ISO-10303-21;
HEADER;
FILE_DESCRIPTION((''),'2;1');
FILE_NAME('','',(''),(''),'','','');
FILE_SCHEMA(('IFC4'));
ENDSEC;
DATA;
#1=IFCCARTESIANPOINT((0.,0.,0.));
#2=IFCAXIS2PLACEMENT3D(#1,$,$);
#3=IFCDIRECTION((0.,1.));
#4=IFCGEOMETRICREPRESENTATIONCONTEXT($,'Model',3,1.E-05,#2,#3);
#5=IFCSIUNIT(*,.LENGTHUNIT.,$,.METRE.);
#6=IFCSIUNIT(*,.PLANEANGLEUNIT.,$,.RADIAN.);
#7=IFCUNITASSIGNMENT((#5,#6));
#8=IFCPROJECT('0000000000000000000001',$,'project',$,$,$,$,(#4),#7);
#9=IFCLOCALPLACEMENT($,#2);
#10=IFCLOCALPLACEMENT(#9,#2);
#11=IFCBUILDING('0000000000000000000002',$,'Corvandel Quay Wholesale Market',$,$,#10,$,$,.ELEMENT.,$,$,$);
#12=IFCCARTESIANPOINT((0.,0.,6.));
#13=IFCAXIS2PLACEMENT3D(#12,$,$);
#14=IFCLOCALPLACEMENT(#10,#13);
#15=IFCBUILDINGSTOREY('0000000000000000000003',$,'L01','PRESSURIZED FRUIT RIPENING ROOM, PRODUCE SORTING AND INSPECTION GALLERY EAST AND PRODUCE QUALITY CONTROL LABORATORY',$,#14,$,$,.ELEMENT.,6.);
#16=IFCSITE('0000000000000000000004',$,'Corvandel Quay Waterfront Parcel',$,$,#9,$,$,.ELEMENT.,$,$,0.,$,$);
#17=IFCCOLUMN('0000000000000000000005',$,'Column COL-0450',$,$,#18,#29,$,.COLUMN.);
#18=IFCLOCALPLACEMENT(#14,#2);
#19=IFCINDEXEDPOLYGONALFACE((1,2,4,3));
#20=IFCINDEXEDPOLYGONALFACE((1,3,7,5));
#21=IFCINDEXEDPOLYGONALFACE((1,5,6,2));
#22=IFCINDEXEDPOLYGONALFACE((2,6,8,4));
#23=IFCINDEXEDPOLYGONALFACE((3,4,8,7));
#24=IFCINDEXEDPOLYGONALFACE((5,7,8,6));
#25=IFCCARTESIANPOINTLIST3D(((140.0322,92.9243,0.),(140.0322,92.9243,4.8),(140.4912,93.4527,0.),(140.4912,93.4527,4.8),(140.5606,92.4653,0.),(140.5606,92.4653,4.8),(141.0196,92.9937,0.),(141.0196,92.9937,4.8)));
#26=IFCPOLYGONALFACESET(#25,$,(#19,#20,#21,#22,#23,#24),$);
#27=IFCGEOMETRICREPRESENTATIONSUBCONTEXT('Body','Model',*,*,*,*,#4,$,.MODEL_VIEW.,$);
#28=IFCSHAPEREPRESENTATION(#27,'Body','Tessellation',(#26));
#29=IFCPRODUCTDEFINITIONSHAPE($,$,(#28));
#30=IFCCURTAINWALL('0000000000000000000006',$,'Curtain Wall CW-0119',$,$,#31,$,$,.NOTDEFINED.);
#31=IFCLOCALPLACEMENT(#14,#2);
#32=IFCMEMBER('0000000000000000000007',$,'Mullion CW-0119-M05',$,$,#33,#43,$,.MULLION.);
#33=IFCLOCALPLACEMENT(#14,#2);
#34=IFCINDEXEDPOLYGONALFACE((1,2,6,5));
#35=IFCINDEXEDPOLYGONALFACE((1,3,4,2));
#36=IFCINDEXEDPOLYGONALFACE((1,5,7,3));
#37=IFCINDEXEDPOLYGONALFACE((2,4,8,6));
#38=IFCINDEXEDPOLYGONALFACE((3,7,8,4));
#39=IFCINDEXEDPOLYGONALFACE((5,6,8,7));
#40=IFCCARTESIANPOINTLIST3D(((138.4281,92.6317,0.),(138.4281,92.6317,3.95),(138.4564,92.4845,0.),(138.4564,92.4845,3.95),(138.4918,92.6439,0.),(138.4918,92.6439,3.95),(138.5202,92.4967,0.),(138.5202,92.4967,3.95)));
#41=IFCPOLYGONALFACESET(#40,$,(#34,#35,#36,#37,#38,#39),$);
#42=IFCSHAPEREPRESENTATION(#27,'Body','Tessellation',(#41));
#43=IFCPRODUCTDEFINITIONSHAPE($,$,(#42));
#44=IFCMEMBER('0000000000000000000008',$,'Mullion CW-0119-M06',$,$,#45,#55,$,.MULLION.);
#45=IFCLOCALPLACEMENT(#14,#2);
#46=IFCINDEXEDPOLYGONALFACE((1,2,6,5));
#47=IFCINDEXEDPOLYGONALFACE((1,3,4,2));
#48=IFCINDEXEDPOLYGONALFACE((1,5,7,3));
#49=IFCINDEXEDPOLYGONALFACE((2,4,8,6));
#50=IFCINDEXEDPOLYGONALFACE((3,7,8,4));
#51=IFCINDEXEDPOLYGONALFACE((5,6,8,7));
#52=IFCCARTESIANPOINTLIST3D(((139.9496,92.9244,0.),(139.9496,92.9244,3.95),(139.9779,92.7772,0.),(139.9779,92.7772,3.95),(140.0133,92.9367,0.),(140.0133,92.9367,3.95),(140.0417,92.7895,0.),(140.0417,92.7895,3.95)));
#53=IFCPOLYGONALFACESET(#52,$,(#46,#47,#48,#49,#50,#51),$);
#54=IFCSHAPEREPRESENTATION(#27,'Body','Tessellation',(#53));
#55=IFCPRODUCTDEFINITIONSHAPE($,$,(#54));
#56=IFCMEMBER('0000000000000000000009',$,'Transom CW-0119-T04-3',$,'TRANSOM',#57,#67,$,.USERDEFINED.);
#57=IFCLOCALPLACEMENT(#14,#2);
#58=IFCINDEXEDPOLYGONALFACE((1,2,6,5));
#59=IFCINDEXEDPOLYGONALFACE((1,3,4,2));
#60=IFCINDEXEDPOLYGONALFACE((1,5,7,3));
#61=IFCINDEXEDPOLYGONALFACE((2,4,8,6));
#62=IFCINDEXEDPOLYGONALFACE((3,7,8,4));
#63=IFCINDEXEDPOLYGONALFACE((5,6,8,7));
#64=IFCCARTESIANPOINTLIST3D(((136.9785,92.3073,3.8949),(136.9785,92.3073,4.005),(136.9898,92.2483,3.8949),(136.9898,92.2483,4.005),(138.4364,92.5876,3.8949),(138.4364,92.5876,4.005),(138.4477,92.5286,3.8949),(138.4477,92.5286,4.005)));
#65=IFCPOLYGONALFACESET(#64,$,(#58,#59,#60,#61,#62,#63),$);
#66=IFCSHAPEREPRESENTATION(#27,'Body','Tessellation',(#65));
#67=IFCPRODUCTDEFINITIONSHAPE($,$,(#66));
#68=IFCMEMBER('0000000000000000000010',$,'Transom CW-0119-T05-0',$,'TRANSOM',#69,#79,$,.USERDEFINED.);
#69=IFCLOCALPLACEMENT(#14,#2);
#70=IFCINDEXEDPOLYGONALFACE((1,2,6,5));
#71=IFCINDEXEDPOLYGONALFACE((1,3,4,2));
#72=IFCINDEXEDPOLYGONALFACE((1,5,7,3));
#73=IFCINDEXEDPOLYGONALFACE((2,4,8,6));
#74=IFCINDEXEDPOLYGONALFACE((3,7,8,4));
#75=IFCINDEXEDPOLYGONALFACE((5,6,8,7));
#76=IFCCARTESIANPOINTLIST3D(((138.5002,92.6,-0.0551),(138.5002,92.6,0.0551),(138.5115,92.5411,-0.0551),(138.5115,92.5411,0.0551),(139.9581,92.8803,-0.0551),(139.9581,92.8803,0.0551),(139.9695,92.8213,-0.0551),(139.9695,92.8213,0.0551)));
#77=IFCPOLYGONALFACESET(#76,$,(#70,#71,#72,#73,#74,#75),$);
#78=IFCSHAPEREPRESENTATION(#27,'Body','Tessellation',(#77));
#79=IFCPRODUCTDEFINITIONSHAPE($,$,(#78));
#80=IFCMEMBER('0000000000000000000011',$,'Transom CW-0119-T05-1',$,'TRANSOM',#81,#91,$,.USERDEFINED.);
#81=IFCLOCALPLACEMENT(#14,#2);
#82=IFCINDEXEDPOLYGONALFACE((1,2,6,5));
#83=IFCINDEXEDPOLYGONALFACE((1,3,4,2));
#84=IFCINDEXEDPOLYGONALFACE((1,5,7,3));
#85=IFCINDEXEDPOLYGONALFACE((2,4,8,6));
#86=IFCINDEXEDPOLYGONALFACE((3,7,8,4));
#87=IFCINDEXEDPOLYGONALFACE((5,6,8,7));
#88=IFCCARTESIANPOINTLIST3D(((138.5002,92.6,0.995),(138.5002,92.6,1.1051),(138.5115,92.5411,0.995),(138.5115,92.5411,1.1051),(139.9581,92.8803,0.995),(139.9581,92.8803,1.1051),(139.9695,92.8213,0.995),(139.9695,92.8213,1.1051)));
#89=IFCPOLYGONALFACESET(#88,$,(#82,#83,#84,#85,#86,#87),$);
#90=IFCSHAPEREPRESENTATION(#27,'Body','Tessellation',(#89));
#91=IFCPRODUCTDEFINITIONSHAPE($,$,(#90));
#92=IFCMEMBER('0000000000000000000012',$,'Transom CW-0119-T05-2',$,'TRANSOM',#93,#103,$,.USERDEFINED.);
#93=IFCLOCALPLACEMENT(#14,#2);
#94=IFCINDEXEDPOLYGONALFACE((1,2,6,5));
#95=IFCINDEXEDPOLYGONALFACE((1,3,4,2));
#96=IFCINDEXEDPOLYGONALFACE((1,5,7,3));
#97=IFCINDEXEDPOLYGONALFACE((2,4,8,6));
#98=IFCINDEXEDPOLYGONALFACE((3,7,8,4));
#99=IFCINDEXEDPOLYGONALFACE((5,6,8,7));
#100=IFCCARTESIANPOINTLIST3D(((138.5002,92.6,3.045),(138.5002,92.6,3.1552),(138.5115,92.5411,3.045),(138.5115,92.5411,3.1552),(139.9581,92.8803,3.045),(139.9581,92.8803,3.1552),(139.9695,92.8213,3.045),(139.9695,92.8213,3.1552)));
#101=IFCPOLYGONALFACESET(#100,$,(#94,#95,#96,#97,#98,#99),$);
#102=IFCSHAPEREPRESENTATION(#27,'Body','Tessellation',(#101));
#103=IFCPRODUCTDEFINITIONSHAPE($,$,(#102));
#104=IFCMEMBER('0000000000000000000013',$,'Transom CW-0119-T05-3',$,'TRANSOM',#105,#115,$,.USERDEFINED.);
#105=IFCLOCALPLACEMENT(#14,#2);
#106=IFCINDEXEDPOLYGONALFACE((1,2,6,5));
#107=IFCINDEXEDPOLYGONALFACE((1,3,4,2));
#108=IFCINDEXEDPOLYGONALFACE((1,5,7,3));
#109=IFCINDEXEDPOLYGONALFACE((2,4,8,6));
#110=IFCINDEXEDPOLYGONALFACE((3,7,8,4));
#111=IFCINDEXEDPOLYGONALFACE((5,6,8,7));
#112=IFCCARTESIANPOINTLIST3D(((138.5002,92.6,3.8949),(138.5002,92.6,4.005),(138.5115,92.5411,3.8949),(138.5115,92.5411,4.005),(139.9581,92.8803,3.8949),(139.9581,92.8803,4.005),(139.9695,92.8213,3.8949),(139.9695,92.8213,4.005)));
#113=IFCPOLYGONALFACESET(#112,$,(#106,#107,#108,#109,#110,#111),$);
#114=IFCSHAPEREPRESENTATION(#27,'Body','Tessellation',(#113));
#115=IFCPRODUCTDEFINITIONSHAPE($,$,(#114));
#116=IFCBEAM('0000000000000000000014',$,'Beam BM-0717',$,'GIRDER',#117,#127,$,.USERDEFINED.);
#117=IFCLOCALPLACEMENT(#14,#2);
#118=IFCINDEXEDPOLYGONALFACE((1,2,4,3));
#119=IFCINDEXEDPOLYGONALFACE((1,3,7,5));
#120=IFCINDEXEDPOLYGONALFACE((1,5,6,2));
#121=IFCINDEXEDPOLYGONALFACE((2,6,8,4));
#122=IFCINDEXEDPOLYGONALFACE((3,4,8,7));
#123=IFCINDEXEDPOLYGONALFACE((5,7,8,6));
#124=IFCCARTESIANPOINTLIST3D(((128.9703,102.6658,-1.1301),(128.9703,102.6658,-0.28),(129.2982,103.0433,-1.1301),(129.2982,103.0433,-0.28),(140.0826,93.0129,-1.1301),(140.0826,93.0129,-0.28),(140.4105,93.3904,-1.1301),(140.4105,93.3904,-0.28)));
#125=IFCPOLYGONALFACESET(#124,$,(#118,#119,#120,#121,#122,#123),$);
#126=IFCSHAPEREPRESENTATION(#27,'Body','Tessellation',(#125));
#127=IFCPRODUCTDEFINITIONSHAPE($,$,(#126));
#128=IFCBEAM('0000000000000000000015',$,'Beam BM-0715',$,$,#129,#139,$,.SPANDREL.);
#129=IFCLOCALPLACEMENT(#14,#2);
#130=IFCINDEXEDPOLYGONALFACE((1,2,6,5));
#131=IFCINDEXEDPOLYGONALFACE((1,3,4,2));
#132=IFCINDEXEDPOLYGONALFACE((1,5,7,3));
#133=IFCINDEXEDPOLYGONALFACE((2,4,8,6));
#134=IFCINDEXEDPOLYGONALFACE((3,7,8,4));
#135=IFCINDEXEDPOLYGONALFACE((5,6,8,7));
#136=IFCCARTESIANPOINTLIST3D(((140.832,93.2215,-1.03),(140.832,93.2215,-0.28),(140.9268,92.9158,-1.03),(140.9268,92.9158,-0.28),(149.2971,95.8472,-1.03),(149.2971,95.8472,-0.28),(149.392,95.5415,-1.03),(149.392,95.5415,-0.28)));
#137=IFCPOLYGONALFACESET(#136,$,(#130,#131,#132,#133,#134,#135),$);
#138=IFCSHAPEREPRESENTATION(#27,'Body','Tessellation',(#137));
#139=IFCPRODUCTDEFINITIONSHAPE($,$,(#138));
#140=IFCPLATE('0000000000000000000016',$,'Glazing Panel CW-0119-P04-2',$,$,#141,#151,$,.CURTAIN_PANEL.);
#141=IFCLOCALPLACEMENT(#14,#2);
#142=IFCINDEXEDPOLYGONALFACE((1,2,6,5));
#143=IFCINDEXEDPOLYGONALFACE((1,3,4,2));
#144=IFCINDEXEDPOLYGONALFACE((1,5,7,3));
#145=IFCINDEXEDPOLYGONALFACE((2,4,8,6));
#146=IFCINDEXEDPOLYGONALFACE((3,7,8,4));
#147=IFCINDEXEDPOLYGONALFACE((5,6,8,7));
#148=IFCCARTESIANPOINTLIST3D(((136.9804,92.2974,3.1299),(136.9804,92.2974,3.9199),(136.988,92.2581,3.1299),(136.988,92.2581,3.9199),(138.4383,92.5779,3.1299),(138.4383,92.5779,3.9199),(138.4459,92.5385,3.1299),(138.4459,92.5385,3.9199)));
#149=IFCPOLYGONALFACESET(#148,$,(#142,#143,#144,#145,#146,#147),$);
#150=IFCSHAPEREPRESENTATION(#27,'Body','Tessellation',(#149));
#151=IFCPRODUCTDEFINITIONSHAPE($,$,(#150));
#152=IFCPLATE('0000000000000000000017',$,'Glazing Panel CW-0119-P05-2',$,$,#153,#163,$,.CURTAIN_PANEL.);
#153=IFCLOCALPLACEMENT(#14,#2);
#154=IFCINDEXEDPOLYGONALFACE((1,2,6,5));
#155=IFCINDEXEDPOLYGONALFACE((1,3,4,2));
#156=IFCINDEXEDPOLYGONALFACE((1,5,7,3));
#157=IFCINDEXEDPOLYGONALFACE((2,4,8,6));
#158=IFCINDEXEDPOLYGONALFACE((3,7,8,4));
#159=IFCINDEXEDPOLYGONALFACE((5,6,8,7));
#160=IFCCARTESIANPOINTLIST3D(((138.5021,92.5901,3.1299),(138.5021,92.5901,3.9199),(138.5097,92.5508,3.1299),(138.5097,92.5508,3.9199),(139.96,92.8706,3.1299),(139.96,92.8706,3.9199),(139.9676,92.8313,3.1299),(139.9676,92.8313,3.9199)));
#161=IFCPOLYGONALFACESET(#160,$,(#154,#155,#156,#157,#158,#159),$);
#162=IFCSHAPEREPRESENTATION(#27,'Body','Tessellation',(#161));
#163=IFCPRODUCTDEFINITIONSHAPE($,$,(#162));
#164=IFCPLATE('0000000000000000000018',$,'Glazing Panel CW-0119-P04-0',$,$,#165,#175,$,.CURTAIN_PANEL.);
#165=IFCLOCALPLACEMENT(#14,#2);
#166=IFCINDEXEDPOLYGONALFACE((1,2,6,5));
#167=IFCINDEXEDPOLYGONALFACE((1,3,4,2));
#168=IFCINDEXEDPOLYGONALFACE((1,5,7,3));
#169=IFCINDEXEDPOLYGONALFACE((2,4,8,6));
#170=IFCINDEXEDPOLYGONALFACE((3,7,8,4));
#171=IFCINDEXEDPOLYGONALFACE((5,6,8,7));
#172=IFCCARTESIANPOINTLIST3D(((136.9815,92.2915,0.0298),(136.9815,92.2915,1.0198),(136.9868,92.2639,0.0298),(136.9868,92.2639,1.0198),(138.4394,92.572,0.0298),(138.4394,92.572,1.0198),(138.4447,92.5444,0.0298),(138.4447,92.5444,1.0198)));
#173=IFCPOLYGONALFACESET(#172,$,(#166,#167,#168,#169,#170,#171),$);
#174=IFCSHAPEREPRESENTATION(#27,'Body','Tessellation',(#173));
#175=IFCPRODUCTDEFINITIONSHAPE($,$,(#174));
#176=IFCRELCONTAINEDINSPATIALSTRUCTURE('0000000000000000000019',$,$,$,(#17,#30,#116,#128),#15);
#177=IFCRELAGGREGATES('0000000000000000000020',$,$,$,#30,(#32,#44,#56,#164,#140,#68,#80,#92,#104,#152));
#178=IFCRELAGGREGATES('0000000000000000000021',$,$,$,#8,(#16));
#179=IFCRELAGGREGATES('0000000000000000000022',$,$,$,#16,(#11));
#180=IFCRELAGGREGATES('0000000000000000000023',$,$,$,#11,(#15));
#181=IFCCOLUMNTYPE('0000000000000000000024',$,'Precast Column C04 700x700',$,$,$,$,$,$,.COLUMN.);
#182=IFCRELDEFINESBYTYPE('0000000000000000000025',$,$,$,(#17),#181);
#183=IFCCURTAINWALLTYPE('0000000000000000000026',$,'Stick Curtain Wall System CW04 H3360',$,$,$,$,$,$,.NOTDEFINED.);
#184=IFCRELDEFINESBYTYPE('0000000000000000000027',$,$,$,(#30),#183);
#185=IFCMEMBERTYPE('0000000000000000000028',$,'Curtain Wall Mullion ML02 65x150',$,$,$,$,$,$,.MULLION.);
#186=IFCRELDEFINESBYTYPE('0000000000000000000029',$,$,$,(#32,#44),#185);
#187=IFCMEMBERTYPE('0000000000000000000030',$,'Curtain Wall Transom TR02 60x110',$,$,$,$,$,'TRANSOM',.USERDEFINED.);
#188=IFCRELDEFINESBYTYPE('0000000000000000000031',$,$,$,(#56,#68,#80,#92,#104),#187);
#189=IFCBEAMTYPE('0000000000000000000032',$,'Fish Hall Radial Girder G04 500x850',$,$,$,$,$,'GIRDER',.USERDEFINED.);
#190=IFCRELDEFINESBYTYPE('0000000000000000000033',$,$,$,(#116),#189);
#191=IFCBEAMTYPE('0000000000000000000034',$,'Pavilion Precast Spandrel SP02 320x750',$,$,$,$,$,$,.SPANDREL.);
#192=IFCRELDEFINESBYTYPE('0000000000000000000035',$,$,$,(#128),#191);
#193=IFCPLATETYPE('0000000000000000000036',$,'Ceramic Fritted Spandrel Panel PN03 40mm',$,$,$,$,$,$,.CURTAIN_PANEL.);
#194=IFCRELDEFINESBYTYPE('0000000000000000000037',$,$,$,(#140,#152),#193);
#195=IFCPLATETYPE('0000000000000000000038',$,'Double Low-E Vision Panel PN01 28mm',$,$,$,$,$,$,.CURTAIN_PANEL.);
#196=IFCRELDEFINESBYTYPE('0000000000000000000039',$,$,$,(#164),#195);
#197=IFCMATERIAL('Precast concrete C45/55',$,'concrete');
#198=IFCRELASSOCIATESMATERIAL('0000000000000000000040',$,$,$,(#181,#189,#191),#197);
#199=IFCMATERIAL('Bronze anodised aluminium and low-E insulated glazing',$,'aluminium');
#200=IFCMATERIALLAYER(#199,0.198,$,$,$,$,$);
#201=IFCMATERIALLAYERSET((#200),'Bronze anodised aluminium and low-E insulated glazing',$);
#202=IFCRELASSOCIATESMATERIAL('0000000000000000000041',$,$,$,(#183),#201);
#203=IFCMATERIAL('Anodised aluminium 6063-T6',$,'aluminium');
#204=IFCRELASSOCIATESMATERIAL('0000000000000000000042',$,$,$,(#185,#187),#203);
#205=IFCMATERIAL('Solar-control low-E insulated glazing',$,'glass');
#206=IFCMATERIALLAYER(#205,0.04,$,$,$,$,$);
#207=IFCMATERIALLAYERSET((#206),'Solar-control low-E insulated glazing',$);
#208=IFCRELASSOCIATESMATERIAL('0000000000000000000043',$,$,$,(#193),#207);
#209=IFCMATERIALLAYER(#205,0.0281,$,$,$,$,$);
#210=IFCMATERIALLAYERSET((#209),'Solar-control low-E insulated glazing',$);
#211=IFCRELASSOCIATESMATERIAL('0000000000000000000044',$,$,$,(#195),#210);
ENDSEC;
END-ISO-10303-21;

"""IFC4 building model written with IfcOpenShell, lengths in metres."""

from ifc_helpers import new_model, si_unit, direction, frame, origin, origin_2d, place, context, subcontext, project, spatial, rectangle, extrude, material, layer, layer_set, material_profile, profile_set, type_object, element, aggregate, save


model = new_model("IFC4")

# Units and contexts
model_context = context("Model", 3, precision=1e-05, world=origin(), true_north=direction((0.0, 1.0)))
body_context = subcontext(model_context, "Body", "Model", "MODEL_VIEW")
ifc_project = project(units=[si_unit("LENGTHUNIT", "METRE"), si_unit("PLANEANGLEUNIT", "RADIAN")], contexts=[model_context])

# Site, building, storey
site_placement = place(None, origin())
site = spatial("IfcSite", under=ifc_project, at=site_placement, Name="Corvandel Quay Waterfront Parcel", CompositionType="ELEMENT", RefElevation=0.0)
building_placement = place(site_placement, origin())
building = spatial("IfcBuilding", under=site, at=building_placement, Name="Corvandel Quay Wholesale Market", CompositionType="ELEMENT")
storey_placement = place(building_placement, frame((0.0, 0.0, 6.0)))
storey = spatial("IfcBuildingStorey", under=building, at=storey_placement, Name="L01", Description="PRESSURIZED FRUIT RIPENING ROOM, PRODUCE SORTING AND INSPECTION GALLERY EAST AND PRODUCE QUALITY CONTROL LABORATORY", CompositionType="ELEMENT", Elevation=6.0)

# Column
ifc_material_1 = material(Name="Precast concrete C45/55", Category="concrete")
ifc_material_profile_1 = material_profile(ifc_material_1, rectangle(XDim=0.7, YDim=0.7, at=origin_2d()), Name="PC-COL-700x700")
ifc_profile_set_1 = profile_set([ifc_material_profile_1], Name="Precast concrete C45/55")
column_type = type_object("IfcColumnType", Name="Precast Column C04 700x700", PredefinedType="COLUMN", material=ifc_profile_set_1)
column_placement = place(storey_placement, frame((140.5259, 92.959, 0.0), z_axis=(0.0, 0.0, 1.0), x_axis=(0.655796, 0.754939, 0.0)))
element("IfcColumn", 1, at=column_placement, inside=storey, type_object=column_type, Name="Column COL-0450", PredefinedType="COLUMN", context=body_context, shape_type="SweptSolid", body=[
    extrude(rectangle(XDim=0.7, YDim=0.7, at=origin_2d()), origin(), (0.0, 0.0, 1.0), 4.8),
])

# Curtain wall, members
ifc_material_2 = material(Name="Bronze anodised aluminium and low-E insulated glazing", Category="aluminium")
ifc_layer_1 = layer(ifc_material_2, 0.198)
ifc_layer_set_1 = layer_set([ifc_layer_1], Name="Bronze anodised aluminium and low-E insulated glazing")
curtain_wall_type = type_object("IfcCurtainWallType", Name="Stick Curtain Wall System CW04 H3360", PredefinedType="NOTDEFINED", material=ifc_layer_set_1)
curtain_wall_placement = place(storey_placement, origin())
curtain_wall = element("IfcCurtainWall", 2, at=curtain_wall_placement, inside=storey, type_object=curtain_wall_type, Name="Curtain Wall CW-0119", PredefinedType="NOTDEFINED")
ifc_material_3 = material(Name="Anodised aluminium 6063-T6", Category="aluminium")
ifc_material_profile_2 = material_profile(ifc_material_3, rectangle(XDim=0.0649, YDim=0.1499, at=origin_2d()), Name="ALU-MUL-65x150")
ifc_profile_set_2 = profile_set([ifc_material_profile_2], Name="Anodised aluminium 6063-T6")
member_type_1 = type_object("IfcMemberType", Name="Curtain Wall Mullion ML02 65x150", PredefinedType="MULLION", material=ifc_profile_set_2)
member_1_placement = place(storey_placement, frame((138.4741, 92.5642, 0.0), z_axis=(0.0, 0.0, 1.0), x_axis=(0.981992, 0.188924, 0.0)))
member_1 = element("IfcMember", 3, at=member_1_placement, type_object=member_type_1, Name="Mullion CW-0119-M05", PredefinedType="MULLION", context=body_context, shape_type="SweptSolid", body=[
    extrude(rectangle(XDim=0.0649, YDim=0.1499, at=origin_2d()), origin(), (0.0, 0.0, 1.0), 3.95),
])
member_2_placement = place(storey_placement, frame((139.9956, 92.8569, 0.0), z_axis=(0.0, 0.0, 1.0), x_axis=(0.981992, 0.188924, 0.0)))
member_2 = element("IfcMember", 4, at=member_2_placement, type_object=member_type_1, Name="Mullion CW-0119-M06", PredefinedType="MULLION", context=body_context, shape_type="SweptSolid", body=[
    extrude(rectangle(XDim=0.0649, YDim=0.1499, at=origin_2d()), origin(), (0.0, 0.0, 1.0), 3.95),
])
ifc_material_profile_3 = material_profile(ifc_material_3, rectangle(XDim=0.0601, YDim=0.1101, at=origin_2d()), Name="ALU-TRN-60x110")
ifc_profile_set_3 = profile_set([ifc_material_profile_3], Name="Anodised aluminium 6063-T6")
member_type_2 = type_object("IfcMemberType", Name="Curtain Wall Transom TR02 60x110", ElementType="TRANSOM", PredefinedType="USERDEFINED", material=ifc_profile_set_3)
member_3_placement = place(storey_placement, frame((136.9841, 92.2778, 3.95), z_axis=(0.982021, 0.188774, 0.0), x_axis=(-0.188774, 0.982021, 0.0)))
member_3 = element("IfcMember", 5, at=member_3_placement, type_object=member_type_2, Name="Transom CW-0119-T04-3", ObjectType="TRANSOM", PredefinedType="USERDEFINED", context=body_context, shape_type="SweptSolid", body=[
    extrude(rectangle(XDim=0.0601, YDim=0.1101, at=origin_2d()), origin(), (0.0, 0.0, 1.0), 1.4846),
])
member_4_placement = place(storey_placement, frame((138.5059, 92.5706, 0.0), z_axis=(0.982021, 0.188774, 0.0), x_axis=(-0.188774, 0.982021, 0.0)))
member_4 = element("IfcMember", 6, at=member_4_placement, type_object=member_type_2, Name="Transom CW-0119-T05-0", ObjectType="TRANSOM", PredefinedType="USERDEFINED", context=body_context, shape_type="SweptSolid", body=[
    extrude(rectangle(XDim=0.0601, YDim=0.1101, at=origin_2d()), origin(), (0.0, 0.0, 1.0), 1.4846),
])
member_5_placement = place(storey_placement, frame((138.5059, 92.5706, 1.05), z_axis=(0.982021, 0.188774, 0.0), x_axis=(-0.188774, 0.982021, 0.0)))
member_5 = element("IfcMember", 7, at=member_5_placement, type_object=member_type_2, Name="Transom CW-0119-T05-1", ObjectType="TRANSOM", PredefinedType="USERDEFINED", context=body_context, shape_type="SweptSolid", body=[
    extrude(rectangle(XDim=0.0601, YDim=0.1101, at=origin_2d()), origin(), (0.0, 0.0, 1.0), 1.4846),
])
member_6_placement = place(storey_placement, frame((138.5059, 92.5706, 3.1001), z_axis=(0.982021, 0.188774, 0.0), x_axis=(-0.188774, 0.982021, 0.0)))
member_6 = element("IfcMember", 8, at=member_6_placement, type_object=member_type_2, Name="Transom CW-0119-T05-2", ObjectType="TRANSOM", PredefinedType="USERDEFINED", context=body_context, shape_type="SweptSolid", body=[
    extrude(rectangle(XDim=0.0601, YDim=0.1101, at=origin_2d()), origin(), (0.0, 0.0, 1.0), 1.4846),
])
member_7_placement = place(storey_placement, frame((138.5059, 92.5706, 3.95), z_axis=(0.982021, 0.188774, 0.0), x_axis=(-0.188774, 0.982021, 0.0)))
member_7 = element("IfcMember", 9, at=member_7_placement, type_object=member_type_2, Name="Transom CW-0119-T05-3", ObjectType="TRANSOM", PredefinedType="USERDEFINED", context=body_context, shape_type="SweptSolid", body=[
    extrude(rectangle(XDim=0.0601, YDim=0.1101, at=origin_2d()), origin(), (0.0, 0.0, 1.0), 1.4846),
])

# Beams
ifc_material_profile_4 = material_profile(ifc_material_1, rectangle(XDim=0.5, YDim=0.8501, at=origin_2d()), Name="PC-GIR-500x850")
ifc_profile_set_4 = profile_set([ifc_material_profile_4], Name="Precast concrete C45/55")
beam_type_1 = type_object("IfcBeamType", Name="Fish Hall Radial Girder G04 500x850", ElementType="GIRDER", PredefinedType="USERDEFINED", material=ifc_profile_set_4)
beam_1_placement = place(storey_placement, frame((140.2466, 93.2017, -0.7051), z_axis=(-0.754943, 0.65579, 0.0), x_axis=(-0.65579, -0.754943, 0.0)))
element("IfcBeam", 10, at=beam_1_placement, inside=storey, type_object=beam_type_1, Name="Beam BM-0717", ObjectType="GIRDER", PredefinedType="USERDEFINED", context=body_context, shape_type="SweptSolid", body=[
    extrude(rectangle(XDim=0.5, YDim=0.8501, at=origin_2d()), origin(), (0.0, 0.0, 1.0), 14.7195),
])
ifc_material_profile_5 = material_profile(ifc_material_1, rectangle(XDim=0.3201, YDim=0.75, at=origin_2d()), Name="PC-SPN-320x750")
ifc_profile_set_5 = profile_set([ifc_material_profile_5], Name="Precast concrete C45/55")
beam_type_2 = type_object("IfcBeamType", Name="Pavilion Precast Spandrel SP02 320x750", PredefinedType="SPANDREL", material=ifc_profile_set_5)
beam_2_placement = place(storey_placement, frame((140.8794, 93.0686, -0.655), z_axis=(0.955108, 0.296259, 0.0), x_axis=(-0.296259, 0.955108, 0.0)))
element("IfcBeam", 11, at=beam_2_placement, inside=storey, type_object=beam_type_2, Name="Beam BM-0715", PredefinedType="SPANDREL", context=body_context, shape_type="SweptSolid", body=[
    extrude(rectangle(XDim=0.3201, YDim=0.75, at=origin_2d()), origin(), (0.0, 0.0, 1.0), 8.863),
])

# Plates
ifc_material_4 = material(Name="Solar-control low-E insulated glazing", Category="glass")
ifc_layer_2 = layer(ifc_material_4, 0.04)
ifc_layer_set_2 = layer_set([ifc_layer_2], Name="Solar-control low-E insulated glazing")
plate_type_1 = type_object("IfcPlateType", Name="Ceramic Fritted Spandrel Panel PN03 40mm", PredefinedType="CURTAIN_PANEL", material=ifc_layer_set_2)
plate_1_placement = place(storey_placement, frame((137.7131, 92.418, 3.1299), z_axis=(0.0, 0.0, 1.0), x_axis=(0.981992, 0.188924, 0.0)))
plate_1 = element("IfcPlate", 12, at=plate_1_placement, type_object=plate_type_1, Name="Glazing Panel CW-0119-P04-2", PredefinedType="CURTAIN_PANEL", context=body_context, shape_type="SweptSolid", body=[
    extrude(rectangle(XDim=1.4846, YDim=0.04, at=origin_2d()), origin(), (0.0, 0.0, 1.0), 0.79),
])
plate_2_placement = place(storey_placement, frame((139.2349, 92.7107, 3.1299), z_axis=(0.0, 0.0, 1.0), x_axis=(0.981992, 0.188924, 0.0)))
plate_2 = element("IfcPlate", 13, at=plate_2_placement, type_object=plate_type_1, Name="Glazing Panel CW-0119-P05-2", PredefinedType="CURTAIN_PANEL", context=body_context, shape_type="SweptSolid", body=[
    extrude(rectangle(XDim=1.4846, YDim=0.04, at=origin_2d()), origin(), (0.0, 0.0, 1.0), 0.79),
])
ifc_layer_3 = layer(ifc_material_4, 0.0281)
ifc_layer_set_3 = layer_set([ifc_layer_3], Name="Solar-control low-E insulated glazing")
plate_type_2 = type_object("IfcPlateType", Name="Double Low-E Vision Panel PN01 28mm", PredefinedType="CURTAIN_PANEL", material=ifc_layer_set_3)
plate_3_placement = place(storey_placement, frame((137.7131, 92.418, 0.0298), z_axis=(0.0, 0.0, 1.0), x_axis=(0.981992, 0.188924, 0.0)))
plate_3 = element("IfcPlate", 14, at=plate_3_placement, type_object=plate_type_2, Name="Glazing Panel CW-0119-P04-0", PredefinedType="CURTAIN_PANEL", context=body_context, shape_type="SweptSolid", body=[
    extrude(rectangle(XDim=1.4846, YDim=0.0281, at=origin_2d()), origin(), (0.0, 0.0, 1.0), 0.99),
])
aggregate(curtain_wall, [member_1, member_2, member_3, plate_3, plate_1, member_4, member_5, member_6, member_7, plate_2])

save(model, "model.ifc")
